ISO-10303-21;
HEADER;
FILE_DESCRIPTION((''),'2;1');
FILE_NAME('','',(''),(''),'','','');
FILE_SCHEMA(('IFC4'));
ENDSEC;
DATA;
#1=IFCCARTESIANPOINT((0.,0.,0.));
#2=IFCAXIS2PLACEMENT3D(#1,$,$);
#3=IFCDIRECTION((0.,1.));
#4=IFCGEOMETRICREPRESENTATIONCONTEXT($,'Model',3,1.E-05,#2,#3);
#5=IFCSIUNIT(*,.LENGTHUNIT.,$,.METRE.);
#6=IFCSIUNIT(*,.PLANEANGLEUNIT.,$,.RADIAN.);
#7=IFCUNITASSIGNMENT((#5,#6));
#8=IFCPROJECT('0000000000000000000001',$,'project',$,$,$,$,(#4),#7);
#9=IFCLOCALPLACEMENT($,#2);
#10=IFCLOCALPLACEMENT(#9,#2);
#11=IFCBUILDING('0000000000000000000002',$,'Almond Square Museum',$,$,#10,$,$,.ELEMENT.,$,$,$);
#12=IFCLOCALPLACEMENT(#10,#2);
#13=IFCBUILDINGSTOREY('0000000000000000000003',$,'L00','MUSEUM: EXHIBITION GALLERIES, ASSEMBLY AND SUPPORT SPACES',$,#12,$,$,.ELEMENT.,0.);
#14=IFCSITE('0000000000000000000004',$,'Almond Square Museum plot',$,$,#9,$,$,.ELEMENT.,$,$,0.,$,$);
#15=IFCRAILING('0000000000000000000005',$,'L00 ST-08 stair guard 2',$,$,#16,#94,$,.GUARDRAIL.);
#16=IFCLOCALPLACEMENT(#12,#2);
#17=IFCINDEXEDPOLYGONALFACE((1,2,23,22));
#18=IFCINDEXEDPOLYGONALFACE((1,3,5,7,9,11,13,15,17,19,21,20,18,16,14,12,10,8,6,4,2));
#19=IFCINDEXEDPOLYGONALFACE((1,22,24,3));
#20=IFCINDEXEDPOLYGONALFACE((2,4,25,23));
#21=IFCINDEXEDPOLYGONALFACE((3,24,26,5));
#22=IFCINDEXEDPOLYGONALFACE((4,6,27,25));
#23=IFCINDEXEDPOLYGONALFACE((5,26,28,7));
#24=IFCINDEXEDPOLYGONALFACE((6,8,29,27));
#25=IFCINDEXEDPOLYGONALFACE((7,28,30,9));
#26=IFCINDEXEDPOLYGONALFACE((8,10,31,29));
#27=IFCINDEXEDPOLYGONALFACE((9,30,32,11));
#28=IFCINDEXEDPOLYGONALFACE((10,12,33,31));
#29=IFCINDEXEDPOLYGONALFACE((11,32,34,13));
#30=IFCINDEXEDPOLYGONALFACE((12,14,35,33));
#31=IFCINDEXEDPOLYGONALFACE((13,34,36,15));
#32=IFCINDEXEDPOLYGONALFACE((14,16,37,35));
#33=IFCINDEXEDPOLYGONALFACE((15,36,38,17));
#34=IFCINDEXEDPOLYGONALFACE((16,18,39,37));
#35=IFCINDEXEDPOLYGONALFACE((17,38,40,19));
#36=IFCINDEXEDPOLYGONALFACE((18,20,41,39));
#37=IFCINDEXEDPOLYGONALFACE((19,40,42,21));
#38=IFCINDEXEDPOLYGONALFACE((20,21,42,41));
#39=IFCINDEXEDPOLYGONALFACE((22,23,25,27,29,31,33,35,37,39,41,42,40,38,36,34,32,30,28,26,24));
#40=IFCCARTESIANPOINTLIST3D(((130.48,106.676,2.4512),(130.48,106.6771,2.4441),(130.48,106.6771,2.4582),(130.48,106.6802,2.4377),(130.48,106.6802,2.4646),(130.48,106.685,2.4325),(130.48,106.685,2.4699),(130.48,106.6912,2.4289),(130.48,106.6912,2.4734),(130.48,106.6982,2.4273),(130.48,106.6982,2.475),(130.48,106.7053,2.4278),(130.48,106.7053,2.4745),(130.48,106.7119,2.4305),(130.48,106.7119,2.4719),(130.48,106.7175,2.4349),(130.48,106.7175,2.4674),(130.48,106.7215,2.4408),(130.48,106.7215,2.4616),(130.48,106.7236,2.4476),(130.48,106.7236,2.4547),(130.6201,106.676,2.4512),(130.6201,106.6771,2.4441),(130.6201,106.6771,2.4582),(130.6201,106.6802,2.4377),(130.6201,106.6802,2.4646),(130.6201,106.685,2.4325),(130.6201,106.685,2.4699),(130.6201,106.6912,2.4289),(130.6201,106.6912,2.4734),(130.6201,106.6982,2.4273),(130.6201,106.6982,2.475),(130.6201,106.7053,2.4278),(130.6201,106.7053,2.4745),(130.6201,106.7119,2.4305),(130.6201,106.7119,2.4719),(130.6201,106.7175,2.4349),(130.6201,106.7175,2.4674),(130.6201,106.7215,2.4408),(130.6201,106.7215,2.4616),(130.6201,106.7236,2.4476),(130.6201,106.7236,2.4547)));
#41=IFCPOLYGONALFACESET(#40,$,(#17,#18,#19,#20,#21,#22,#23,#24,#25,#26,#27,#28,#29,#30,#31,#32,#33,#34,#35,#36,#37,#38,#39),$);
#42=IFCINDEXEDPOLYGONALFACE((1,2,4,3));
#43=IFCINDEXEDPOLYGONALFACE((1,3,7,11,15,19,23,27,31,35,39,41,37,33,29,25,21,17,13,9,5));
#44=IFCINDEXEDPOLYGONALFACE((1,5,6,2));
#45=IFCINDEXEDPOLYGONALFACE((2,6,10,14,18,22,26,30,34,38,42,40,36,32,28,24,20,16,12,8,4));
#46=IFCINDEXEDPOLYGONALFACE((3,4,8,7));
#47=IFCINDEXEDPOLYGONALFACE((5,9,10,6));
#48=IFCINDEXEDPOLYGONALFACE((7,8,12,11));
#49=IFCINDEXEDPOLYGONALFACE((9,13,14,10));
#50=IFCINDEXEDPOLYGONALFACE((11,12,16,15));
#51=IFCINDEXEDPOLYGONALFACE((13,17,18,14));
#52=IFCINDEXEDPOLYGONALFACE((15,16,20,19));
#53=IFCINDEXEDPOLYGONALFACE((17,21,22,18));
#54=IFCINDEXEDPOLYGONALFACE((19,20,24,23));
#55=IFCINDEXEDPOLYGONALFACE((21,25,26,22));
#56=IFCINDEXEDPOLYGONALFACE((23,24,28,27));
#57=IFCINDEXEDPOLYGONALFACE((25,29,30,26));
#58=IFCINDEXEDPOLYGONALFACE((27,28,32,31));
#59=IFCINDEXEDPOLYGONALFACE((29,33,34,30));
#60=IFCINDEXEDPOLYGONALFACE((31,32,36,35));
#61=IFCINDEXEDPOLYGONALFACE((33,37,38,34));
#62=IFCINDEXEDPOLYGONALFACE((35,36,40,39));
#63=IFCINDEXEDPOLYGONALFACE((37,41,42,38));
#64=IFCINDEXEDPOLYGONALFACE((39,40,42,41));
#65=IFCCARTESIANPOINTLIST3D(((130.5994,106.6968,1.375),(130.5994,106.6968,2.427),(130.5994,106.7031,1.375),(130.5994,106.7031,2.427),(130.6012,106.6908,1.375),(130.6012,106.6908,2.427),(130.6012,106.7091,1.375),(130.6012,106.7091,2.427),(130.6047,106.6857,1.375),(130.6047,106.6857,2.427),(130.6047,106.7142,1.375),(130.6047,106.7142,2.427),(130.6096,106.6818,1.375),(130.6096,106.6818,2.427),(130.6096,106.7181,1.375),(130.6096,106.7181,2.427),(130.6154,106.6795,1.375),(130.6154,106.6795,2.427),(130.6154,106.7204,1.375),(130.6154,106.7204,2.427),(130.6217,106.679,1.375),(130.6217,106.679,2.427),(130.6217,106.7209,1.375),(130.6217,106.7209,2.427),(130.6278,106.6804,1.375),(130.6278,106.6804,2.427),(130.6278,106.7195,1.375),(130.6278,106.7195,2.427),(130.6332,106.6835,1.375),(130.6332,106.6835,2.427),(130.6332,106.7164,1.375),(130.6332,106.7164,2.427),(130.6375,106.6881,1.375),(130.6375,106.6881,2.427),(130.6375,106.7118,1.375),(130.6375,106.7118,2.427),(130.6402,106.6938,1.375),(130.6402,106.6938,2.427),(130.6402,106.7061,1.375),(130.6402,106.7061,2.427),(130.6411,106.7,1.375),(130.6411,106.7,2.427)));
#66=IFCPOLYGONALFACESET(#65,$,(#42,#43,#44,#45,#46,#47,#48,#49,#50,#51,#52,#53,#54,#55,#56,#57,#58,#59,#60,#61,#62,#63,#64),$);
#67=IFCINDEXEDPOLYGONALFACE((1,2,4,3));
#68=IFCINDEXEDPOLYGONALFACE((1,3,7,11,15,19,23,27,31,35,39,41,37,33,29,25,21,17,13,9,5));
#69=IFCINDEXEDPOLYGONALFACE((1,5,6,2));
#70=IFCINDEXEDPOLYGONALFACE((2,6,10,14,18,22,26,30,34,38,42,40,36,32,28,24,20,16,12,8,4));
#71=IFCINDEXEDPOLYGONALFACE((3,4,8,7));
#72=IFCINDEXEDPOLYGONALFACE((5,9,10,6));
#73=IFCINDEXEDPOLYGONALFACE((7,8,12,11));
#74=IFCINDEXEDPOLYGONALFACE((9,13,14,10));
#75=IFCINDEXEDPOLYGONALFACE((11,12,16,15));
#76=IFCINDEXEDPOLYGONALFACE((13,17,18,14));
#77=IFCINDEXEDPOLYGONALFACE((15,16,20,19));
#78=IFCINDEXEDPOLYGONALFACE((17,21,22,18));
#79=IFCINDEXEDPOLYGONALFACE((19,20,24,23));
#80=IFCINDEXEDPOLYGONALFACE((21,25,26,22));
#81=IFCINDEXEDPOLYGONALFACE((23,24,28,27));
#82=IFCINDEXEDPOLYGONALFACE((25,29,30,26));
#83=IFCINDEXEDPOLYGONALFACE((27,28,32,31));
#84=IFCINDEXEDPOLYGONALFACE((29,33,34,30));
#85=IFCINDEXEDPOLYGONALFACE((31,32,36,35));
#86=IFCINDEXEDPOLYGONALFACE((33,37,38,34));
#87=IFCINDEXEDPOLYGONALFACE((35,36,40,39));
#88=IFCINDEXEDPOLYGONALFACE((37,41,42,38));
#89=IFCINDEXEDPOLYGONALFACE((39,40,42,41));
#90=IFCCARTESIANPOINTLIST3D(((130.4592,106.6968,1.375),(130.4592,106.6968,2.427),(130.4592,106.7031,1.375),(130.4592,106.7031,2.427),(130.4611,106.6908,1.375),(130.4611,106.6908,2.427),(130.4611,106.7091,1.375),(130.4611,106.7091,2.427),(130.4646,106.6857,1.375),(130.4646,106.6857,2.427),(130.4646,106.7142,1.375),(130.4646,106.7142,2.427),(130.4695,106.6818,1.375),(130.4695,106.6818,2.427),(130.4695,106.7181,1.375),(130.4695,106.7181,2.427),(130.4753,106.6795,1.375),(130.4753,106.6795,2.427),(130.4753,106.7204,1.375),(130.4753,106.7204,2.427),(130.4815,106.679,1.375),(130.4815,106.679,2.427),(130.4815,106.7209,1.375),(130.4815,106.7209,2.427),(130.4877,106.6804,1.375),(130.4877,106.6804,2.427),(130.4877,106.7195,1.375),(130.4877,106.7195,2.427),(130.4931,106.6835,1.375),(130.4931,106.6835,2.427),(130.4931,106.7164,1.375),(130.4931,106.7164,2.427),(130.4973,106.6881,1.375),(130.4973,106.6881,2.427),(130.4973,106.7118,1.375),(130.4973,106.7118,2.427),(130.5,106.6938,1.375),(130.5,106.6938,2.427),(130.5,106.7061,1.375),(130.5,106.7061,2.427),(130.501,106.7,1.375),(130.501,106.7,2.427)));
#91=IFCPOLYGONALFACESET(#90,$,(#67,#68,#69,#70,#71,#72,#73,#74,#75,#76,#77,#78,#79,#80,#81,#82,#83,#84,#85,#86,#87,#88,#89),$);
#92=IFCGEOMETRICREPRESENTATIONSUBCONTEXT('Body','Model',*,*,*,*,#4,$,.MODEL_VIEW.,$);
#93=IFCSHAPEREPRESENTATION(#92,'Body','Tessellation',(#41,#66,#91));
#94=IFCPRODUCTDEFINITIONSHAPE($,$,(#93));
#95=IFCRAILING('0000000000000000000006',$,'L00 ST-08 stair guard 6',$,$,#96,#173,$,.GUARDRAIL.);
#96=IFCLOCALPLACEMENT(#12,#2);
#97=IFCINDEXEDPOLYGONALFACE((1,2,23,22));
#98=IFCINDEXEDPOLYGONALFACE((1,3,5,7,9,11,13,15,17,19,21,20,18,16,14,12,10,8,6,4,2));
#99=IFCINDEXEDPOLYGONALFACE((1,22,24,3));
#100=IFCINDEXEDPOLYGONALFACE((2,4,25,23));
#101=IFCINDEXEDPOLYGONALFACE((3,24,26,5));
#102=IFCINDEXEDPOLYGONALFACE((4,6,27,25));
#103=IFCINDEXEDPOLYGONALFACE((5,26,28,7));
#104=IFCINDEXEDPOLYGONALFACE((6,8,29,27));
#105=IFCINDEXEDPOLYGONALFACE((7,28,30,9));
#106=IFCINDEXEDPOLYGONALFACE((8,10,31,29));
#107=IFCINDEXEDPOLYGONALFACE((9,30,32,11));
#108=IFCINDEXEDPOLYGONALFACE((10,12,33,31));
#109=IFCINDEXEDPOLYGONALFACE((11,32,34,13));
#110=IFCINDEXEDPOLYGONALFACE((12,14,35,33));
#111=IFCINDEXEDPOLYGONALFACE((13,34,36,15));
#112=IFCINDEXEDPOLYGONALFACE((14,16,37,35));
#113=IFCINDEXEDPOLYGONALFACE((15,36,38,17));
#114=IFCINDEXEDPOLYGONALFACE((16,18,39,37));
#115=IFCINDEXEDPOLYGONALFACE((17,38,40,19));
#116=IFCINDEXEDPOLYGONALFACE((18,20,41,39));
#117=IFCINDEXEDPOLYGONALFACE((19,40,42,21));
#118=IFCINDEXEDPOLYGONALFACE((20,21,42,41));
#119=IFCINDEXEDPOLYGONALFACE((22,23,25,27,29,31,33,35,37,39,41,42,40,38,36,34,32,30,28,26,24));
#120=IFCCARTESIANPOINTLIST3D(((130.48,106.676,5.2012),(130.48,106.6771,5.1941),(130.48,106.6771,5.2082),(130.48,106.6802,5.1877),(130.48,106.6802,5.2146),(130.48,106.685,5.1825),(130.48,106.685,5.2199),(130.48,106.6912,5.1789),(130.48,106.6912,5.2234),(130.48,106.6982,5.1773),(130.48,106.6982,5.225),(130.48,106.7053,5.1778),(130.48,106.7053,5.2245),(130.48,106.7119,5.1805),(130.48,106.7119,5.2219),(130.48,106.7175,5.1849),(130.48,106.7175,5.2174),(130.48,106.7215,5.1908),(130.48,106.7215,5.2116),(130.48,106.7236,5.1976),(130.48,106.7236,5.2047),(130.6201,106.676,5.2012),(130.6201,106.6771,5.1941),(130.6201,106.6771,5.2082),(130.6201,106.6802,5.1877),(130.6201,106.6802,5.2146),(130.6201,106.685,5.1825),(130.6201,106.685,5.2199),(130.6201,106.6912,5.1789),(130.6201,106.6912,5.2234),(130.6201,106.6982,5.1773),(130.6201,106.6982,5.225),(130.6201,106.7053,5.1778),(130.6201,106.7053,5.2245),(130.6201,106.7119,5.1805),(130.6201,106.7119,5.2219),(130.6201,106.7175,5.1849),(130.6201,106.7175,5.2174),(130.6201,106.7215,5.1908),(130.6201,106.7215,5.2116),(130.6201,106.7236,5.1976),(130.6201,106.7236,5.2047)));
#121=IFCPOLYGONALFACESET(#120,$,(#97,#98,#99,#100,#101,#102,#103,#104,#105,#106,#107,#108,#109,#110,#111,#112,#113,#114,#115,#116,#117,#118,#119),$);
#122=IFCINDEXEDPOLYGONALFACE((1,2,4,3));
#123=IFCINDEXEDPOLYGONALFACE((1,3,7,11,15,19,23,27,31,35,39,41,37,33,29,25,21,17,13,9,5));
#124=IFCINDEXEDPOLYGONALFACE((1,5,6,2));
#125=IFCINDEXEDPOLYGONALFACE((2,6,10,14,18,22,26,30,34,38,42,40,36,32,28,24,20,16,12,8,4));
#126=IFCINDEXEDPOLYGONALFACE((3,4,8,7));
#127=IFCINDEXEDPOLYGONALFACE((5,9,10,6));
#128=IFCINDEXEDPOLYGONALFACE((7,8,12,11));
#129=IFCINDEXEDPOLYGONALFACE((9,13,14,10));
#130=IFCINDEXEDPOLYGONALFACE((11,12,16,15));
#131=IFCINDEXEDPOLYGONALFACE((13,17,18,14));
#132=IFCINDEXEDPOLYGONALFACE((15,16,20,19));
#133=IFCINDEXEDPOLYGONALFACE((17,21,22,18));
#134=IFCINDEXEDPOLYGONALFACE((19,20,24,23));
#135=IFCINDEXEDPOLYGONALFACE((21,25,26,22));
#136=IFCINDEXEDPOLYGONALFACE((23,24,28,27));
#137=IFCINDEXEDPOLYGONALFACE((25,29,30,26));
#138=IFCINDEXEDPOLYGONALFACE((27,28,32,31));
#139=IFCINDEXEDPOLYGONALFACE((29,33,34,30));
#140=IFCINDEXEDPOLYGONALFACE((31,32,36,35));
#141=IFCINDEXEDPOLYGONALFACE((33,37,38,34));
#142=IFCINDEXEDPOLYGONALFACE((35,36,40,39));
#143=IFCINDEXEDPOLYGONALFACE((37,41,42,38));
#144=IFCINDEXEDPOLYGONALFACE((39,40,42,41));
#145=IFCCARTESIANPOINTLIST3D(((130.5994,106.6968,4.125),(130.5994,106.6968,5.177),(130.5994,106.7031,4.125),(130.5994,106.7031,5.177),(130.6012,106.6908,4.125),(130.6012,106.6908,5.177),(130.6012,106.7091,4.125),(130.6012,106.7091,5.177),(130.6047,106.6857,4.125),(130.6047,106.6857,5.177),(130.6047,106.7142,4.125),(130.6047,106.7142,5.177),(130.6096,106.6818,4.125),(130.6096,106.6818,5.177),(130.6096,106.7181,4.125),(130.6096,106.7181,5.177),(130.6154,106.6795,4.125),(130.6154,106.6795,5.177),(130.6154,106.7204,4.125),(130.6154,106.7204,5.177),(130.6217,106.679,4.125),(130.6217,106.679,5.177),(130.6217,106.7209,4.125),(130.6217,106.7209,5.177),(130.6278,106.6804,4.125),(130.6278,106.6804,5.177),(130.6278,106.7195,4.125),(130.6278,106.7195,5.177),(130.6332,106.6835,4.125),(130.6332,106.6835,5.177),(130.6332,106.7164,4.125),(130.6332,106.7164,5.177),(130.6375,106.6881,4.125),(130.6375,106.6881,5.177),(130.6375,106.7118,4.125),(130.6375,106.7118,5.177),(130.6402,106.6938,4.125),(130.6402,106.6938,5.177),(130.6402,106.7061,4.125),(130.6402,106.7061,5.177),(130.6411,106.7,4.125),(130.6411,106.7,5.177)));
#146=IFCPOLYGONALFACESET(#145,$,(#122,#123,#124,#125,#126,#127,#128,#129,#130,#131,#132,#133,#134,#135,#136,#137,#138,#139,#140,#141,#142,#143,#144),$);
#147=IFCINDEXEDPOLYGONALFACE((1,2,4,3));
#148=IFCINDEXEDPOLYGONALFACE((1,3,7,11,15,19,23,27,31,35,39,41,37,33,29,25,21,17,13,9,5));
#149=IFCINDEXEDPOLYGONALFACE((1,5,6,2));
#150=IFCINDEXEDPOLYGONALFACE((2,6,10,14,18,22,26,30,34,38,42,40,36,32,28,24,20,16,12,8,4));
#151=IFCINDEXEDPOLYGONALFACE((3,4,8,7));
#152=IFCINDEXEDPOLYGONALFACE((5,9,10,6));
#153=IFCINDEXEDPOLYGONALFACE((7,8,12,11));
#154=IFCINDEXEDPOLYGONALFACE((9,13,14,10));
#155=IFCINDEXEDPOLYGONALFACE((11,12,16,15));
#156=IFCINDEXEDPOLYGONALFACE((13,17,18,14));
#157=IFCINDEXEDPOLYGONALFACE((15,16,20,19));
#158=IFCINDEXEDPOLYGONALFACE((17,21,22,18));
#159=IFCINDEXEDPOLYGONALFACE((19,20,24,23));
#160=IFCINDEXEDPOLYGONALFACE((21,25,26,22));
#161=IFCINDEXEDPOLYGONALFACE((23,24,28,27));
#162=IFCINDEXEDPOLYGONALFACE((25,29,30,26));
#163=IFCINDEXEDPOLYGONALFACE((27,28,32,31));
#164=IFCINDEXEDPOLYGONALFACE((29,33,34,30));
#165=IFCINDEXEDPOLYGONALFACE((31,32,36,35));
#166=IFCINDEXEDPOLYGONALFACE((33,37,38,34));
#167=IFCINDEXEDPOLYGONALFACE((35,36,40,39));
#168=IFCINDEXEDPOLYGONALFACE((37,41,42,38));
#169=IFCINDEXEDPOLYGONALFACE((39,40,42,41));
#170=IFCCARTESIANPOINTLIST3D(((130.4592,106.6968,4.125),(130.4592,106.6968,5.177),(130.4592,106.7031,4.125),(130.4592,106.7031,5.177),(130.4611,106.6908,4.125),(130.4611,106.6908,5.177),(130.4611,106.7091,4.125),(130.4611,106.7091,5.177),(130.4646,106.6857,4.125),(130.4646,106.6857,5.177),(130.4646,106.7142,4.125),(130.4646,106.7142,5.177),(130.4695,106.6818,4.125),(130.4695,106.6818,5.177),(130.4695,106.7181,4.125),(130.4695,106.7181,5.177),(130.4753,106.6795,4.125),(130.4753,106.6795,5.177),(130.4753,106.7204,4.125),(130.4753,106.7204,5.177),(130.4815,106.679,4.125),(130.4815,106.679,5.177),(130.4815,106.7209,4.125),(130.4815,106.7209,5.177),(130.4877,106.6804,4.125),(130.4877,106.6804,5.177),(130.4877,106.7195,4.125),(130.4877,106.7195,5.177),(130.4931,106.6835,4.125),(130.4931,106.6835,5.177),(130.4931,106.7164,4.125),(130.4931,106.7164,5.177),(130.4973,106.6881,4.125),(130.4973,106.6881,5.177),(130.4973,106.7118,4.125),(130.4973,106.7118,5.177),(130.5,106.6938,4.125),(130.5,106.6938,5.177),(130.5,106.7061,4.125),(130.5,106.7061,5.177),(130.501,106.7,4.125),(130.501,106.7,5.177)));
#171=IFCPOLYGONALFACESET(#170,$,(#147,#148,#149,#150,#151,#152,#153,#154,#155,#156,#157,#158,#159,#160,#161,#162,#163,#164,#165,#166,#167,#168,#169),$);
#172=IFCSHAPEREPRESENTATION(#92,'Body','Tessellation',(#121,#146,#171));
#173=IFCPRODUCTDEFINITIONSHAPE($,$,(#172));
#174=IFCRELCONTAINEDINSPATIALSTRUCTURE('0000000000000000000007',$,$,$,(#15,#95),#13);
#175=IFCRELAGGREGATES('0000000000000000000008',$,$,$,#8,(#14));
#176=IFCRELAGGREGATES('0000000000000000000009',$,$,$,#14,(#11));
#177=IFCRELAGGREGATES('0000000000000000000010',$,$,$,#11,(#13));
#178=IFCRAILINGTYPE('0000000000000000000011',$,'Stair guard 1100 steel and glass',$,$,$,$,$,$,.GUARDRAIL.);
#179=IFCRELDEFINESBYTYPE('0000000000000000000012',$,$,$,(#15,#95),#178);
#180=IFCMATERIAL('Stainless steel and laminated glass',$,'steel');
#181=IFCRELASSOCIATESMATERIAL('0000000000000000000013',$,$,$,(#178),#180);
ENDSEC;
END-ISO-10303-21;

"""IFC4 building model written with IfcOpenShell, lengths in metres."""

from ifc_helpers import new_model, si_unit, direction, frame, origin, origin_2d, place, context, subcontext, project, spatial, circle, extrude, material, type_object, element, save


model = new_model("IFC4")

# Units and contexts
model_context = context("Model", 3, precision=1e-05, world=origin(), true_north=direction((0.0, 1.0)))
body_context = subcontext(model_context, "Body", "Model", "MODEL_VIEW")
ifc_project = project(units=[si_unit("LENGTHUNIT", "METRE"), si_unit("PLANEANGLEUNIT", "RADIAN")], contexts=[model_context])

# Site, building, storey
site_placement = place(None, origin())
site = spatial("IfcSite", under=ifc_project, at=site_placement, Name="Almond Square Museum plot", CompositionType="ELEMENT", RefElevation=0.0)
building_placement = place(site_placement, origin())
building = spatial("IfcBuilding", under=site, at=building_placement, Name="Almond Square Museum", CompositionType="ELEMENT")
storey_placement = place(building_placement, origin())
storey = spatial("IfcBuildingStorey", under=building, at=storey_placement, Name="L00", Description="MUSEUM: EXHIBITION GALLERIES, ASSEMBLY AND SUPPORT SPACES", CompositionType="ELEMENT", Elevation=0.0)

# Railings
ifc_material_1 = material(Name="Stainless steel and laminated glass", Category="steel")
railing_type_1 = type_object("IfcRailingType", Name="Stair guard 1100 steel and glass", PredefinedType="GUARDRAIL", material=ifc_material_1)
for number, where, name in (
    (1, (130.6201, 106.7, 1.375), "L00 ST-08 stair guard 2"),
    (2, (130.6201, 106.7, 4.125), "L00 ST-08 stair guard 6"),
):
    element("IfcRailing", number, at=place(storey_placement, frame(where)), inside=storey, type_object=railing_type_1, Name=name, PredefinedType="GUARDRAIL", context=body_context, shape_type="SweptSolid", body=[
        extrude(circle(Radius=0.0239, at=origin_2d()), frame((0.0, 0.0, 1.0762), z_axis=(-1.0, 0.0, 0.0), x_axis=(0.0, -1.0, 0.0)), (0.0, 0.0, 1.0), 0.1401),
        extrude(circle(Radius=0.021, at=origin_2d()), origin(), (0.0, 0.0, 1.0), 1.052),
        extrude(circle(Radius=0.021, at=origin_2d()), frame((-0.1401, 0.0, 0.0)), (0.0, 0.0, 1.0), 1.052),
    ])

save(model, "model.ifc")
